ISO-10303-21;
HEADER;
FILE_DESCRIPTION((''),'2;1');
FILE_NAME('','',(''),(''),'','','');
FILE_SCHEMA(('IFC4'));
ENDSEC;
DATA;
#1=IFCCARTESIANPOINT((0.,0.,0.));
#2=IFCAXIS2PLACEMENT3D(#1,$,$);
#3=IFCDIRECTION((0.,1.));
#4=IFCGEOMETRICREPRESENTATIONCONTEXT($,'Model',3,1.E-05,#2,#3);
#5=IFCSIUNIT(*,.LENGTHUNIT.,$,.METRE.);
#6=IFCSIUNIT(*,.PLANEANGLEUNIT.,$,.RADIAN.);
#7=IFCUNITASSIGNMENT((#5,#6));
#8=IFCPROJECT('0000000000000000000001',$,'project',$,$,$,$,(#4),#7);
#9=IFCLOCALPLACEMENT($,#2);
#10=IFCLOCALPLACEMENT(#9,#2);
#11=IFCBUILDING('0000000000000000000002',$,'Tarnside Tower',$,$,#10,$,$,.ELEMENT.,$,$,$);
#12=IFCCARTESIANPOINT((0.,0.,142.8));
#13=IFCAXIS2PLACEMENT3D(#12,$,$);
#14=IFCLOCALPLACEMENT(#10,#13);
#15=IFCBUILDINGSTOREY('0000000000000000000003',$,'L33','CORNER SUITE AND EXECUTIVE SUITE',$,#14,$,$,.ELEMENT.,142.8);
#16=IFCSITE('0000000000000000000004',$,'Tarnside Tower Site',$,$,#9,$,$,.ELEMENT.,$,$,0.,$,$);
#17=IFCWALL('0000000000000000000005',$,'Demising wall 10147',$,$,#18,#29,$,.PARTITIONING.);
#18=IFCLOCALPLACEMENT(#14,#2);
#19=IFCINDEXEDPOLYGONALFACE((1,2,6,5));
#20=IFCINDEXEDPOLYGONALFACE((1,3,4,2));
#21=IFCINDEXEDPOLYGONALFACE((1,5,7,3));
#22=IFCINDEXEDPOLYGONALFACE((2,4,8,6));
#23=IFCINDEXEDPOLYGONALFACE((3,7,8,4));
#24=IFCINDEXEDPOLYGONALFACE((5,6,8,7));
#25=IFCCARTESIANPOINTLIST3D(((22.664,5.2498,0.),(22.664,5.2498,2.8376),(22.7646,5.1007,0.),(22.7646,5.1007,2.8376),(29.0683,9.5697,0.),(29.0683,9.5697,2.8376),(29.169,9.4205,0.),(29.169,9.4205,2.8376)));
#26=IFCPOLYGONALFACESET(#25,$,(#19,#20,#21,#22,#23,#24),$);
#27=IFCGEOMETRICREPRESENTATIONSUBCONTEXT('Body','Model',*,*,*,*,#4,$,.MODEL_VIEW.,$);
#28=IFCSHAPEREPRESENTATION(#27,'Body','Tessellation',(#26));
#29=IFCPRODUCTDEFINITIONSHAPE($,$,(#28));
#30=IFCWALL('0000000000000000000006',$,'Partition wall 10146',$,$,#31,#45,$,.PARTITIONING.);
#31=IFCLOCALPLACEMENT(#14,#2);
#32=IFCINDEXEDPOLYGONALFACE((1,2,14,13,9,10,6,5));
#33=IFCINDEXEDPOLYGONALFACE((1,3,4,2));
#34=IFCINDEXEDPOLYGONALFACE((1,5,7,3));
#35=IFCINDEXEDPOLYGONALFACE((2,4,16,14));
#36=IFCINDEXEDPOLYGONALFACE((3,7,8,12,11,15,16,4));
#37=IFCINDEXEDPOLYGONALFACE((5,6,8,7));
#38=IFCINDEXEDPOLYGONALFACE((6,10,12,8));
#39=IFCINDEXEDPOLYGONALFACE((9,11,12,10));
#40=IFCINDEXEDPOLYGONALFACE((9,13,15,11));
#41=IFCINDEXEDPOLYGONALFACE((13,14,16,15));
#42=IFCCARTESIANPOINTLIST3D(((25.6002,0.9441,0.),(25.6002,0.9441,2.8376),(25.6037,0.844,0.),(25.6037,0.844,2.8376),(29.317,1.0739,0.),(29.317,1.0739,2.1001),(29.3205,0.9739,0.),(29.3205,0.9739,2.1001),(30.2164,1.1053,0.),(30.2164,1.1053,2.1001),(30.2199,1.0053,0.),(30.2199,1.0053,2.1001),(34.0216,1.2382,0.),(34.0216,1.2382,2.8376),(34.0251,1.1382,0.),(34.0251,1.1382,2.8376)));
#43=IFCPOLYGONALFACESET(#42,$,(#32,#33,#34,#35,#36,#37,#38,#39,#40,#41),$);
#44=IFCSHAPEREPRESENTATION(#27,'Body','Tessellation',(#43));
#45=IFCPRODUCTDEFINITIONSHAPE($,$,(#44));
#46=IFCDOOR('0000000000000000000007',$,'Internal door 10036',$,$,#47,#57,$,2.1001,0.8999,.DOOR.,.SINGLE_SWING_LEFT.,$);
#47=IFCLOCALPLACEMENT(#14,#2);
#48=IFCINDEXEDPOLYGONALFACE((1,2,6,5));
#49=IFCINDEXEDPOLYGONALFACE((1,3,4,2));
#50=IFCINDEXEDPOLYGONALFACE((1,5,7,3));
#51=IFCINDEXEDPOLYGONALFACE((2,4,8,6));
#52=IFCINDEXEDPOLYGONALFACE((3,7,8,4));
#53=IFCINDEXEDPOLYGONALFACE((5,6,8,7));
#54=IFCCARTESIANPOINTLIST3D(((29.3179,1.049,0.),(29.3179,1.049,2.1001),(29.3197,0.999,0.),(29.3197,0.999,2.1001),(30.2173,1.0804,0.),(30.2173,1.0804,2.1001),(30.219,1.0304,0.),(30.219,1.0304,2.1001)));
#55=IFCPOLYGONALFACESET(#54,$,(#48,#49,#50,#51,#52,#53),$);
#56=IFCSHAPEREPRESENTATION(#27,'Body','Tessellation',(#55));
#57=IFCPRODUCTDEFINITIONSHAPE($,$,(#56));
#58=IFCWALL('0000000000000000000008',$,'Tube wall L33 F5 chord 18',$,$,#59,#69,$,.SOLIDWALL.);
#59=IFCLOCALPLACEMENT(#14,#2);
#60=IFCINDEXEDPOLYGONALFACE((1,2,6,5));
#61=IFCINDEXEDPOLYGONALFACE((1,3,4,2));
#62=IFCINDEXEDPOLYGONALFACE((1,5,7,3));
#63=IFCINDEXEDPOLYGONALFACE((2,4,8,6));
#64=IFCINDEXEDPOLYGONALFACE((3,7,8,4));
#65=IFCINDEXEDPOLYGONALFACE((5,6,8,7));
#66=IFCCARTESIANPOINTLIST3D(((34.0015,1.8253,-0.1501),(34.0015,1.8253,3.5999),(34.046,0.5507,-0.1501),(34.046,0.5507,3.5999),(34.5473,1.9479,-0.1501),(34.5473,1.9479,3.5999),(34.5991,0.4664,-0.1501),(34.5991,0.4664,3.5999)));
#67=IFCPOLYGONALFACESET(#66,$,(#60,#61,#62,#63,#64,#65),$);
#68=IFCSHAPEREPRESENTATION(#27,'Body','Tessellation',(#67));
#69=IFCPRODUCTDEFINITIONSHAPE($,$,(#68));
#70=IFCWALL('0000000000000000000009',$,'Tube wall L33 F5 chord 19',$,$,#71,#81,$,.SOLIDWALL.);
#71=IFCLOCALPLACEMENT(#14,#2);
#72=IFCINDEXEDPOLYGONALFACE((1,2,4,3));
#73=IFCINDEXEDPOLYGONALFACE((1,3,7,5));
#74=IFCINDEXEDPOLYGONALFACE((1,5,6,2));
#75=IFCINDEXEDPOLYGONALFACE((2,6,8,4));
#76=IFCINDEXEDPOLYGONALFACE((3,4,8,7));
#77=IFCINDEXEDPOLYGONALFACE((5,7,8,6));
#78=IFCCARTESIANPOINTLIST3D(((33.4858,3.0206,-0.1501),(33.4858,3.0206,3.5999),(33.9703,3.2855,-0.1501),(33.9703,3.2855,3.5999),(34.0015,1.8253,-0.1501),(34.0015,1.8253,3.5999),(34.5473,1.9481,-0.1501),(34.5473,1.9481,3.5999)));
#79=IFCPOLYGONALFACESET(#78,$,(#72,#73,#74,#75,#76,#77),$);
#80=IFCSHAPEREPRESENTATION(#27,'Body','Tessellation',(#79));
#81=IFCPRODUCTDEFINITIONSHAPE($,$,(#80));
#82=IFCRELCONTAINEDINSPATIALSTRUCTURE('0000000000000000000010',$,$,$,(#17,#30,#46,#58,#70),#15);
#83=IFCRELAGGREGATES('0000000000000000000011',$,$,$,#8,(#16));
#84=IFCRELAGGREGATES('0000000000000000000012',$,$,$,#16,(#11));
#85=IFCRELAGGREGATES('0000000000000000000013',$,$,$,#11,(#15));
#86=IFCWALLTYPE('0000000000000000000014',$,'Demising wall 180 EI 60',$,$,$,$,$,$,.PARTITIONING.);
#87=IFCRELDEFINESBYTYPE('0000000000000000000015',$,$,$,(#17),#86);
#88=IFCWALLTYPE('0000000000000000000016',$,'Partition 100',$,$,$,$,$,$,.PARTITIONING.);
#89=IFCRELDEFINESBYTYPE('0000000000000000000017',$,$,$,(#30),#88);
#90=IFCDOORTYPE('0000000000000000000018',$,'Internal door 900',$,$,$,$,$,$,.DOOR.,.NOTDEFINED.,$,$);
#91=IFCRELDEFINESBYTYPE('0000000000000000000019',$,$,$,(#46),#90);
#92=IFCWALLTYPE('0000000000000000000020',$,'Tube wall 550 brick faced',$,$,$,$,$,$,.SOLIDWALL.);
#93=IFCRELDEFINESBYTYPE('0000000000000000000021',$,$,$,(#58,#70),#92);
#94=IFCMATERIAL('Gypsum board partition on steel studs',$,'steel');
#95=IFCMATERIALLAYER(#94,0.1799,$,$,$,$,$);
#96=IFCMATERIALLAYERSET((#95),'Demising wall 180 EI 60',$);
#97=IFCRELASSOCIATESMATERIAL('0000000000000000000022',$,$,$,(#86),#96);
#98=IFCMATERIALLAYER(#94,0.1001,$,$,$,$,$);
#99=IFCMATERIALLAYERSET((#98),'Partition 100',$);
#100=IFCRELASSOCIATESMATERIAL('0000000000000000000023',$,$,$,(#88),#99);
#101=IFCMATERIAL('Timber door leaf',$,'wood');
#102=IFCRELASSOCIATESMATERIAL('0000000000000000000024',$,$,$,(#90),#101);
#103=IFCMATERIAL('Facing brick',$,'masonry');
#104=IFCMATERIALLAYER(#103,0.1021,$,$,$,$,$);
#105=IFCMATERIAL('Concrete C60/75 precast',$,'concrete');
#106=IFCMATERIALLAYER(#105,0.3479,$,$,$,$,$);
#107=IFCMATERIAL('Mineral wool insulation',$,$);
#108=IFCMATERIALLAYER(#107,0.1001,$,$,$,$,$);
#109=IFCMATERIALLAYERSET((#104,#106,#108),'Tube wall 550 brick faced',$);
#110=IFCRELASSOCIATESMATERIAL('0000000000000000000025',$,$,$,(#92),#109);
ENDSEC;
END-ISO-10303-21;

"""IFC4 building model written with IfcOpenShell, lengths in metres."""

from ifc_helpers import new_model, si_unit, direction, frame, frame_2d, origin, place, context, subcontext, project, spatial, polyline, rectangle, outline, extrude, material, layer, layer_set, type_object, element, fill, save


model = new_model("IFC4")

# Units and contexts
model_context = context("Model", 3, precision=1e-05, world=origin(), true_north=direction((0.0, 1.0)))
body_context = subcontext(model_context, "Body", "Model", "MODEL_VIEW")
ifc_project = project(units=[si_unit("LENGTHUNIT", "METRE"), si_unit("PLANEANGLEUNIT", "RADIAN")], contexts=[model_context])

# Site, building, storey
site_placement = place(None, origin())
site = spatial("IfcSite", under=ifc_project, at=site_placement, Name="Tarnside Tower Site", CompositionType="ELEMENT", RefElevation=0.0)
building_placement = place(site_placement, origin())
building = spatial("IfcBuilding", under=site, at=building_placement, Name="Tarnside Tower", CompositionType="ELEMENT")
storey_placement = place(building_placement, frame((0.0, 0.0, 142.8)))
storey = spatial("IfcBuildingStorey", under=building, at=storey_placement, Name="L33", Description="CORNER SUITE AND EXECUTIVE SUITE", CompositionType="ELEMENT", Elevation=142.8)

# Wall
ifc_material_1 = material(Name="Gypsum board partition on steel studs", Category="steel")
ifc_layer_1 = layer(ifc_material_1, 0.1799)
ifc_layer_set_1 = layer_set([ifc_layer_1], Name="Demising wall 180 EI 60")
wall_type_1 = type_object("IfcWallType", Name="Demising wall 180 EI 60", PredefinedType="PARTITIONING", material=ifc_layer_set_1)
wall_1_placement = place(storey_placement, frame((29.1187, 9.4951, 0.0), z_axis=(0.0, 0.0, 1.0), x_axis=(-0.829033, -0.559199, 0.0)))
element("IfcWall", 1, at=wall_1_placement, inside=storey, type_object=wall_type_1, Name="Demising wall 10147", PredefinedType="PARTITIONING", context=body_context, shape_type="SweptSolid", body=[
    extrude(rectangle(XDim=7.7251, YDim=0.1799, at=frame_2d((3.8625, 0.0))), origin(), (0.0, 0.0, 1.0), 2.8376),
])

# Wall, opening, door
ifc_layer_2 = layer(ifc_material_1, 0.1001)
ifc_layer_set_2 = layer_set([ifc_layer_2], Name="Partition 100")
wall_type_2 = type_object("IfcWallType", Name="Partition 100", PredefinedType="PARTITIONING", material=ifc_layer_set_2)
wall_2_placement = place(storey_placement, frame((34.0234, 1.1882, 0.0), z_axis=(0.0, 0.0, 1.0), x_axis=(-0.99939, -0.034912, 0.0)))
wall_2 = element("IfcWall", 2, at=wall_2_placement, inside=storey, type_object=wall_type_2, Name="Partition wall 10146", PredefinedType="PARTITIONING", context=body_context, shape_type="SweptSolid", body=[
    extrude(rectangle(XDim=8.4265, YDim=0.1001, at=frame_2d((4.2134, 0.0))), origin(), (0.0, 0.0, 1.0), 2.8376),
])
opening_1_placement = place(wall_2_placement, frame((3.8076, 0.0, 0.0)))
opening_1 = element("IfcOpeningElement", 3, at=opening_1_placement, cuts=wall_2, PredefinedType="OPENING", context=body_context, shape_type="SweptSolid", body=[
    extrude(rectangle(XDim=0.8999, YDim=2.1001, at=frame_2d((0.45, 1.05))), frame((0.0, 0.0601, 0.0), z_axis=(0.0, -1.0, 0.0), x_axis=(1.0, 0.0, 0.0)), (0.0, 0.0, 1.0), 0.1201),
])
ifc_material_2 = material(Name="Timber door leaf", Category="wood")
door_type = type_object("IfcDoorType", Name="Internal door 900", OperationType="NOTDEFINED", PredefinedType="DOOR", material=ifc_material_2)
door_placement = place(opening_1_placement, origin())
door = element("IfcDoor", 4, at=door_placement, inside=storey, type_object=door_type, Name="Internal door 10036", OperationType="SINGLE_SWING_LEFT", OverallHeight=2.1001, OverallWidth=0.8999, PredefinedType="DOOR", context=body_context, shape_type="SweptSolid", body=[
    extrude(rectangle(XDim=0.8999, YDim=2.1001, at=frame_2d((0.45, 1.05))), frame((0.0, 0.0249, 0.0), z_axis=(0.0, -1.0, 0.0), x_axis=(1.0, 0.0, 0.0)), (0.0, 0.0, 1.0), 0.05),
])
fill(opening_1, door)

# Walls
ifc_material_3 = material(Name="Facing brick", Category="masonry")
ifc_layer_3 = layer(ifc_material_3, 0.1021)
ifc_material_4 = material(Name="Concrete C60/75 precast", Category="concrete")
ifc_layer_4 = layer(ifc_material_4, 0.3479)
ifc_material_5 = material(Name="Mineral wool insulation")
ifc_layer_5 = layer(ifc_material_5, 0.1001)
ifc_layer_set_3 = layer_set([ifc_layer_3, ifc_layer_4, ifc_layer_5], Name="Tube wall 550 brick faced")
wall_type_3 = type_object("IfcWallType", Name="Tube wall 550 brick faced", PredefinedType="SOLIDWALL", material=ifc_layer_set_3)
wall_3_placement = place(storey_placement, frame((34.3225, 0.5085, -0.1501), z_axis=(0.0, 0.0, 1.0), x_axis=(-0.034877, 0.999392, 0.0)))
element("IfcWall", 5, at=wall_3_placement, inside=storey, type_object=wall_type_3, Name="Tube wall L33 F5 chord 18", PredefinedType="SOLIDWALL", context=body_context, shape_type="SweptSolid", body=[
    extrude(outline(polyline([(-0.0518, -0.2749), (1.4307, -0.2749), (1.3271, 0.2749), (0.0518, 0.2749), (-0.0518, -0.2749)])), origin(), (0.0, 0.0, 1.0), 3.75),
])
wall_4_placement = place(storey_placement, frame((34.2744, 1.8867, -0.1501), z_axis=(0.0, 0.0, 1.0), x_axis=(-0.396161, 0.918181, 0.0)))
element("IfcWall", 6, at=wall_4_placement, inside=storey, type_object=wall_type_3, Name="Tube wall L33 F5 chord 19", PredefinedType="SOLIDWALL", context=body_context, shape_type="SweptSolid", body=[
    extrude(outline(polyline([(-0.0518, -0.2749), (1.4048, -0.2749), (1.3535, 0.2749), (0.0518, 0.2749), (-0.0518, -0.2749)])), origin(), (0.0, 0.0, 1.0), 3.75),
])

save(model, "model.ifc")
